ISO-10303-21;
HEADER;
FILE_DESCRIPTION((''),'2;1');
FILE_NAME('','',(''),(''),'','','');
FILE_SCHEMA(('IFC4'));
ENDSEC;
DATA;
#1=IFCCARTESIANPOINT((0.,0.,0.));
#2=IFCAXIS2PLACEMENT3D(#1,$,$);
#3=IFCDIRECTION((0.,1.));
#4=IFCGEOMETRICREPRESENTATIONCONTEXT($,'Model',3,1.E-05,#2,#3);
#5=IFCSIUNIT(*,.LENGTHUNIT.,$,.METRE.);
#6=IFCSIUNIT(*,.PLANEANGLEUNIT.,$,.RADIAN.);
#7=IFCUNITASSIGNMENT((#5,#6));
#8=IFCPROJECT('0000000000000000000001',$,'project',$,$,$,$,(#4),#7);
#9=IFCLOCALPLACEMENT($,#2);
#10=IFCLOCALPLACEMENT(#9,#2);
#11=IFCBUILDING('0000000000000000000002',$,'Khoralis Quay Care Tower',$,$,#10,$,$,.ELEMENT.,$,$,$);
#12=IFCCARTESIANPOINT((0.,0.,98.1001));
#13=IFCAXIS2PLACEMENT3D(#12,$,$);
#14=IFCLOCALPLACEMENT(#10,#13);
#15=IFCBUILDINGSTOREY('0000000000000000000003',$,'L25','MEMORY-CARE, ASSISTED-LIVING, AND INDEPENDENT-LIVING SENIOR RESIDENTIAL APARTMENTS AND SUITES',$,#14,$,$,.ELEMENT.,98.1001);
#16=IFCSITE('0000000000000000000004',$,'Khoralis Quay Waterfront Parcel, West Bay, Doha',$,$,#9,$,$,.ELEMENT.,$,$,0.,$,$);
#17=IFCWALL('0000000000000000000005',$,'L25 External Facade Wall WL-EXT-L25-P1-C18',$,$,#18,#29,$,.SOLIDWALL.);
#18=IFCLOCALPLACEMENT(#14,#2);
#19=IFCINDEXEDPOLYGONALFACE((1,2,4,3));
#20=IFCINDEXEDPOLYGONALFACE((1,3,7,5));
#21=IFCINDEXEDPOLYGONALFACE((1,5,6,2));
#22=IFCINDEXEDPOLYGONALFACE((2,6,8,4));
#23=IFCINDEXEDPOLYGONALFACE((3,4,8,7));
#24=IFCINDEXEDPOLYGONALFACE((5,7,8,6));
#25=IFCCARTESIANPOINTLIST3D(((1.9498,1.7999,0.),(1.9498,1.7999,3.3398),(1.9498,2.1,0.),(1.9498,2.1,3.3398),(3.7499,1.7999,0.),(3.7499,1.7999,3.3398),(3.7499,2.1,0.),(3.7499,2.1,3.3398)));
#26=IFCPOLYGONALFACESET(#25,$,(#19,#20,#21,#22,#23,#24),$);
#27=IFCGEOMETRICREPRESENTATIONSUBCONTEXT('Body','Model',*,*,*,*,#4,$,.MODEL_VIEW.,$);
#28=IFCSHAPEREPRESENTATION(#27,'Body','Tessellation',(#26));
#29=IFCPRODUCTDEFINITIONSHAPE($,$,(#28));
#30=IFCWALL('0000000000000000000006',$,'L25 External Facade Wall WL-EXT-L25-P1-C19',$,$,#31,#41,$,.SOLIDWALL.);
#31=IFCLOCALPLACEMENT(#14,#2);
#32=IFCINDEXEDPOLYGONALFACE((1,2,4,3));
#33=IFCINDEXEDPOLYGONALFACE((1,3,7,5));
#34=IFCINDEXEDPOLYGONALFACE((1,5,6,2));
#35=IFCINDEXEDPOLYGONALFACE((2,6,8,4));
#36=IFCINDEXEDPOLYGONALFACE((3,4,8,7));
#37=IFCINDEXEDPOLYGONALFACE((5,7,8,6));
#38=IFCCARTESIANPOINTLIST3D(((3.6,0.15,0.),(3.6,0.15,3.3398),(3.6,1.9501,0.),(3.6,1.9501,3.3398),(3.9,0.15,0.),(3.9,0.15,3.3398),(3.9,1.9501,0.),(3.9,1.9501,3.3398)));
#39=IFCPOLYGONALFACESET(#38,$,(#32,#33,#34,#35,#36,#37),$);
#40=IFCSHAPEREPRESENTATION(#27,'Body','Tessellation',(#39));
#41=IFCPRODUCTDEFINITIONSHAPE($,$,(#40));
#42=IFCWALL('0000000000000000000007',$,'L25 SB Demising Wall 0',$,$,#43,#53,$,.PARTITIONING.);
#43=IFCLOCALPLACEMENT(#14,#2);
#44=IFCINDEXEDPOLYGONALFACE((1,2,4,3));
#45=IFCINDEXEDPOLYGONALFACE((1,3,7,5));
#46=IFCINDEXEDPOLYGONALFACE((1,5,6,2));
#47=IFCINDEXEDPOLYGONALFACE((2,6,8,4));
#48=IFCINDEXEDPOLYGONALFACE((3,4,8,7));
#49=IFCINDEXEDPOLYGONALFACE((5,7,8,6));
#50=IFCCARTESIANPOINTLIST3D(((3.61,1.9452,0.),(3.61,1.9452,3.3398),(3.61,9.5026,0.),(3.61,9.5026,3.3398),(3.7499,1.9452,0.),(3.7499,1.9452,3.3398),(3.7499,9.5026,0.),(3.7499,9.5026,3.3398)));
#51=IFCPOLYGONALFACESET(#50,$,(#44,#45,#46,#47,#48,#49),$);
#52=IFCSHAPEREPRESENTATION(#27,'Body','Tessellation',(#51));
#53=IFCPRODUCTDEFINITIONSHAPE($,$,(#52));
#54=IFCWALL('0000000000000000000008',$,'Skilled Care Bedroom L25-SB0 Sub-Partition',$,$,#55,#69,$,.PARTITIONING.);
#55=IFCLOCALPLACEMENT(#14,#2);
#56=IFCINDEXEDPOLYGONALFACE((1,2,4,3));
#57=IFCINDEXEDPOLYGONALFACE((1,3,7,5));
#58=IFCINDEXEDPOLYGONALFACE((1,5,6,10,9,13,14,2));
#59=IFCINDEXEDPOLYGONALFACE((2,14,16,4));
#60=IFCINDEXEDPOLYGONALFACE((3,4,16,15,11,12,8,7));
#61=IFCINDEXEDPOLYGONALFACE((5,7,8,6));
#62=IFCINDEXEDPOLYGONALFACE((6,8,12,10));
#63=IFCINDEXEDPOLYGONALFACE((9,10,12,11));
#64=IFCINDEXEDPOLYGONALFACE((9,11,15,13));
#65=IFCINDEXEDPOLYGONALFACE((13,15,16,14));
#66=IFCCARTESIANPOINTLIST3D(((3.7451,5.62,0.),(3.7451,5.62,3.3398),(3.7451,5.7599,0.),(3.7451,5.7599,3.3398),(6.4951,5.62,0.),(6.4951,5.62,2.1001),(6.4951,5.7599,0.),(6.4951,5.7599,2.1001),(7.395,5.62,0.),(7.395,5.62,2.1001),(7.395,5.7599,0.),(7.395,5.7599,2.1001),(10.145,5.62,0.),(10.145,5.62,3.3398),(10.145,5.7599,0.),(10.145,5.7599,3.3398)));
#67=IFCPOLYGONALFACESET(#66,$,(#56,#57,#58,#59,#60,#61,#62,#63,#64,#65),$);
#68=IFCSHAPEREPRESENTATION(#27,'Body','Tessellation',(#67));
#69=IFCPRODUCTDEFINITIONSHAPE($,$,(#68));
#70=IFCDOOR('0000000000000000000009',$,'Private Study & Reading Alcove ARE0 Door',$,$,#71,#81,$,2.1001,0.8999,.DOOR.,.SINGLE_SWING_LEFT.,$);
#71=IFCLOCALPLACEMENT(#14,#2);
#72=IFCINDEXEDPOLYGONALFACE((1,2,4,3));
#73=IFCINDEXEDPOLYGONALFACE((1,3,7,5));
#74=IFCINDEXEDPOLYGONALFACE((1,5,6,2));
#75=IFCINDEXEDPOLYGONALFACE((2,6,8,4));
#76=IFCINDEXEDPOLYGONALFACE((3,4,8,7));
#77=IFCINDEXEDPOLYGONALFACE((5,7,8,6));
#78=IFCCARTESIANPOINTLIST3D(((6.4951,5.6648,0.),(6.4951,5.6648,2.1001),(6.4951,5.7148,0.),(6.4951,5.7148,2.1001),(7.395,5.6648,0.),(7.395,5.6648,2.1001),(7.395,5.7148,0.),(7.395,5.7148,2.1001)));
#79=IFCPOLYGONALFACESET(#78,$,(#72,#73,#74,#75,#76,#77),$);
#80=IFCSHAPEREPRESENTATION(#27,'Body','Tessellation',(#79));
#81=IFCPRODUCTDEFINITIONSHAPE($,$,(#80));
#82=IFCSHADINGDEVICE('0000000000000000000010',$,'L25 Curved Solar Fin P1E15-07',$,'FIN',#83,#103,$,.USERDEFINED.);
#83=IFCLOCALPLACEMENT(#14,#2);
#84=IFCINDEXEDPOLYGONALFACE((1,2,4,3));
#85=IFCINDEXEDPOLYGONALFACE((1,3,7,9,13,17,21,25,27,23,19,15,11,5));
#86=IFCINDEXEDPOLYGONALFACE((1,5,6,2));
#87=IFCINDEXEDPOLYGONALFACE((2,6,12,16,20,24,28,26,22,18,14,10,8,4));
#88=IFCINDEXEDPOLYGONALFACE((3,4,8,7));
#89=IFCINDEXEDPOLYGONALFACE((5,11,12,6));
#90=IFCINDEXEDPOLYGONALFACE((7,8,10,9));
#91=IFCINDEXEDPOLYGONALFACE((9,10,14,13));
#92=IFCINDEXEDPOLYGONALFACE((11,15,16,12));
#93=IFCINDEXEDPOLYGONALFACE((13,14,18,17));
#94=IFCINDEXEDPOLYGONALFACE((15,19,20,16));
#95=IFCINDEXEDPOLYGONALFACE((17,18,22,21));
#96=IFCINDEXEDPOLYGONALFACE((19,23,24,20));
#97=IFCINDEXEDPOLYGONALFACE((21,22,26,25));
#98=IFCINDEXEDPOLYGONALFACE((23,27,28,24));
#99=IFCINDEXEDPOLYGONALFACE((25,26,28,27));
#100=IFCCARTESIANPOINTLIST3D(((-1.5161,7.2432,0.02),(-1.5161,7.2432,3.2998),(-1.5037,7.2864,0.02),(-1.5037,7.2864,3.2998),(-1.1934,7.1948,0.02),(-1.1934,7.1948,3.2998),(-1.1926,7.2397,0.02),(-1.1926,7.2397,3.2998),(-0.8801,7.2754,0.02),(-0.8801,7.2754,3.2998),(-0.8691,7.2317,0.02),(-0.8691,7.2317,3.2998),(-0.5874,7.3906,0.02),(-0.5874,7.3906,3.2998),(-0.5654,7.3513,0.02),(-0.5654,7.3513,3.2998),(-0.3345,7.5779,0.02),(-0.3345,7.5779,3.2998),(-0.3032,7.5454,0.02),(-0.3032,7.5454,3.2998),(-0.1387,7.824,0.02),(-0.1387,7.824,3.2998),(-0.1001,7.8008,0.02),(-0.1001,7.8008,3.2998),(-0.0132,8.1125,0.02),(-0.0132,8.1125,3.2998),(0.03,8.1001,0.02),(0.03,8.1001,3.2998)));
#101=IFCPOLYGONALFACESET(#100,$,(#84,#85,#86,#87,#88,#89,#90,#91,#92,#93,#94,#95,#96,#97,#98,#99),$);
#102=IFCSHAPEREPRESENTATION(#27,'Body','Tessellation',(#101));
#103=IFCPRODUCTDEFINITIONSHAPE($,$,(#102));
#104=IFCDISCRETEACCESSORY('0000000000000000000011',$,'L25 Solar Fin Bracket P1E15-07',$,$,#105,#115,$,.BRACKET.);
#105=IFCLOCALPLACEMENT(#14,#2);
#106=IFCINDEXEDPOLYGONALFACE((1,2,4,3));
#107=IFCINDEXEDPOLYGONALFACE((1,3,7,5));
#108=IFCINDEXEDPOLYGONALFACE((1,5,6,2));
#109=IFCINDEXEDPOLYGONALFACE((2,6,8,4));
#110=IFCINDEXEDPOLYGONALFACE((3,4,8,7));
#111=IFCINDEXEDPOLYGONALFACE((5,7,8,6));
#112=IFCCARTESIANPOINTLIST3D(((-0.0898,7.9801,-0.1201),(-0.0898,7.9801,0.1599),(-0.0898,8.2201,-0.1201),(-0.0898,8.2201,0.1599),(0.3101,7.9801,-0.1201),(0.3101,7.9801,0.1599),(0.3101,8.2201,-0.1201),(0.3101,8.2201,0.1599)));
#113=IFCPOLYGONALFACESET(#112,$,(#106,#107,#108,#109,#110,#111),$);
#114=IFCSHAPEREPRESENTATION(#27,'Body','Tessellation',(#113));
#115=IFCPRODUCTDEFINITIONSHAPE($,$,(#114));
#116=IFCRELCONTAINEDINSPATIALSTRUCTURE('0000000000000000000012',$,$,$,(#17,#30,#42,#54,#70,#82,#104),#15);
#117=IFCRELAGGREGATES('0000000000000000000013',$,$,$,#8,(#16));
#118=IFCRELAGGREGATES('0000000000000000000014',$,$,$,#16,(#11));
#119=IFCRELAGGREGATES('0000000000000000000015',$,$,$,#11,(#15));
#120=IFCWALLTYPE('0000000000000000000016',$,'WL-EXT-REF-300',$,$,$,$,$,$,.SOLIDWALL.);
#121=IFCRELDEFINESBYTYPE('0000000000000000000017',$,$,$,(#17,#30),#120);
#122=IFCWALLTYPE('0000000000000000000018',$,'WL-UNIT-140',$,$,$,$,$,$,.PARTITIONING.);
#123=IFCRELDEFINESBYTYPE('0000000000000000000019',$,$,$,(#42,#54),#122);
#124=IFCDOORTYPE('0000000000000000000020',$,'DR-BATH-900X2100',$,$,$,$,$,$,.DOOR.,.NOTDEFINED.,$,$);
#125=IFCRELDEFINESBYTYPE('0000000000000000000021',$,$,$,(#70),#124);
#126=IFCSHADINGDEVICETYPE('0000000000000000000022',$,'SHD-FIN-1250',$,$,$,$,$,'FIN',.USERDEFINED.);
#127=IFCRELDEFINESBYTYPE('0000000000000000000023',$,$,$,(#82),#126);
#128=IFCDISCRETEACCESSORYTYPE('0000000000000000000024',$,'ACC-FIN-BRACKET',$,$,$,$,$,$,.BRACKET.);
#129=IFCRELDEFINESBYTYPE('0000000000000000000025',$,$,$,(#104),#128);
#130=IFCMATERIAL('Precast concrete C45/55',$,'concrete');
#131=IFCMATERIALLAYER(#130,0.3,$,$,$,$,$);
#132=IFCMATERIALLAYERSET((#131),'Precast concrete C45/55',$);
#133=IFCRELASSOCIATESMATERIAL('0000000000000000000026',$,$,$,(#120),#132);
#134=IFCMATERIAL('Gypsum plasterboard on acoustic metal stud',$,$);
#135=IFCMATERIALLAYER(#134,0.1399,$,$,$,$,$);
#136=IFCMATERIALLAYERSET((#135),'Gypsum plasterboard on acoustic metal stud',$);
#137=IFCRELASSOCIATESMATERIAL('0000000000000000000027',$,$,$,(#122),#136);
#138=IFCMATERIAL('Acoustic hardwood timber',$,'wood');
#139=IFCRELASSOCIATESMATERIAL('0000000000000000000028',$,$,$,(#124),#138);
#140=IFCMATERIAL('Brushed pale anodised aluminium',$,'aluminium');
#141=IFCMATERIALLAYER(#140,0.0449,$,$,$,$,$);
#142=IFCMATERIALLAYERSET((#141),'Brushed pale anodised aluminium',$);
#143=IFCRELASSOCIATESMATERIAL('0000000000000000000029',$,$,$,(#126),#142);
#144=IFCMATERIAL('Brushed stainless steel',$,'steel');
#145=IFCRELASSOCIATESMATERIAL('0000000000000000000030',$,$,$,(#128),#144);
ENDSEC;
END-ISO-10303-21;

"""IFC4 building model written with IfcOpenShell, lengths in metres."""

from ifc_helpers import new_model, si_unit, direction, frame, frame_2d, origin, origin_2d, place, context, subcontext, project, spatial, polyline, rectangle, outline, extrude, source, transform, mapped, material, layer, layer_set, type_object, element, fill, save


model = new_model("IFC4")

# Units and contexts
model_context = context("Model", 3, precision=1e-05, world=origin(), true_north=direction((0.0, 1.0)))
body_context = subcontext(model_context, "Body", "Model", "MODEL_VIEW")
ifc_project = project(units=[si_unit("LENGTHUNIT", "METRE"), si_unit("PLANEANGLEUNIT", "RADIAN")], contexts=[model_context])

# Site, building, storey
site_placement = place(None, origin())
site = spatial("IfcSite", under=ifc_project, at=site_placement, Name="Khoralis Quay Waterfront Parcel, West Bay, Doha", CompositionType="ELEMENT", RefElevation=0.0)
building_placement = place(site_placement, origin())
building = spatial("IfcBuilding", under=site, at=building_placement, Name="Khoralis Quay Care Tower", CompositionType="ELEMENT")
storey_placement = place(building_placement, frame((0.0, 0.0, 98.1001)))
storey = spatial("IfcBuildingStorey", under=building, at=storey_placement, Name="L25", Description="MEMORY-CARE, ASSISTED-LIVING, AND INDEPENDENT-LIVING SENIOR RESIDENTIAL APARTMENTS AND SUITES", CompositionType="ELEMENT", Elevation=98.1001)

# Walls
ifc_material_1 = material(Name="Precast concrete C45/55", Category="concrete")
ifc_layer_1 = layer(ifc_material_1, 0.3)
ifc_layer_set_1 = layer_set([ifc_layer_1], Name="Precast concrete C45/55")
wall_type_1 = type_object("IfcWallType", Name="WL-EXT-REF-300", PredefinedType="SOLIDWALL", material=ifc_layer_set_1)
for number, where, z_axis, x_axis, name in (
    (1, (1.95, 1.95, 0.0), (0.0, 0.0, 1.0), (1.0, 0.0, 0.0), "L25 External Facade Wall WL-EXT-L25-P1-C18"),
    (2, (3.75, 1.95, 0.0), (0.0, 0.0, 1.0), (0.0, -1.0, 0.0), "L25 External Facade Wall WL-EXT-L25-P1-C19"),
):
    element("IfcWall", number, at=place(storey_placement, frame(where, z_axis=z_axis, x_axis=x_axis)), inside=storey, type_object=wall_type_1, Name=name, PredefinedType="SOLIDWALL", context=body_context, shape_type="SweptSolid", body=[
        extrude(rectangle(XDim=1.8, YDim=0.3, at=frame_2d((0.8999, 0.0))), origin(), (0.0, 0.0, 1.0), 3.3398),
    ])
ifc_material_2 = material(Name="Gypsum plasterboard on acoustic metal stud")
ifc_layer_2 = layer(ifc_material_2, 0.1399)
ifc_layer_set_2 = layer_set([ifc_layer_2], Name="Gypsum plasterboard on acoustic metal stud")
wall_type_2 = type_object("IfcWallType", Name="WL-UNIT-140", PredefinedType="PARTITIONING", material=ifc_layer_set_2)
wall_1_placement = place(storey_placement, frame((3.6799, 1.9451, 0.0), z_axis=(0.0, 0.0, 1.0), x_axis=(0.0, 1.0, 0.0)))
element("IfcWall", 3, at=wall_1_placement, inside=storey, type_object=wall_type_2, Name="L25 SB Demising Wall 0", PredefinedType="PARTITIONING", context=body_context, shape_type="SweptSolid", body=[
    extrude(rectangle(XDim=7.5574, YDim=0.1399, at=frame_2d((3.7788, 0.0))), origin(), (0.0, 0.0, 1.0), 3.3398),
])

# Wall, opening, door
wall_2_placement = place(storey_placement, frame((3.7451, 5.6899, 0.0), z_axis=(0.0, 0.0, 1.0), x_axis=(1.0, 0.0, 0.0)))
wall_2 = element("IfcWall", 4, at=wall_2_placement, inside=storey, type_object=wall_type_2, Name="Skilled Care Bedroom L25-SB0 Sub-Partition", PredefinedType="PARTITIONING", context=body_context, shape_type="SweptSolid", body=[
    extrude(rectangle(XDim=6.3999, YDim=0.1399, at=frame_2d((3.2, 0.0))), origin(), (0.0, 0.0, 1.0), 3.3398),
])
opening_placement = place(wall_2_placement, frame((2.75, 0.0, 0.0)))
opening = element("IfcOpeningElement", 5, at=opening_placement, cuts=wall_2, PredefinedType="OPENING", context=body_context, shape_type="SweptSolid", body=[
    extrude(rectangle(XDim=0.8999, YDim=2.1001, at=frame_2d((0.45, 1.05))), frame((0.0, 0.0801, 0.0), z_axis=(0.0, -1.0, 0.0), x_axis=(1.0, 0.0, 0.0)), (0.0, 0.0, 1.0), 0.1599),
])
ifc_material_3 = material(Name="Acoustic hardwood timber", Category="wood")
door_type = type_object("IfcDoorType", Name="DR-BATH-900X2100", OperationType="NOTDEFINED", PredefinedType="DOOR", material=ifc_material_3)
shared_shape_1 = source(origin(), body_context, "Body", "SweptSolid", [
    extrude(rectangle(XDim=0.8999, YDim=2.1001, at=frame_2d((0.45, 1.05))), frame((0.0, 0.0249, 0.0), z_axis=(0.0, -1.0, 0.0), x_axis=(1.0, 0.0, 0.0)), (0.0, 0.0, 1.0), 0.05),
])
door_placement = place(opening_placement, origin())
door = element("IfcDoor", 6, at=door_placement, inside=storey, type_object=door_type, Name="Private Study & Reading Alcove ARE0 Door", OperationType="SINGLE_SWING_LEFT", OverallHeight=2.1001, OverallWidth=0.8999, PredefinedType="DOOR", context=body_context, shape_type="MappedRepresentation", body=[
    mapped(shared_shape_1, transform((0.0, 0.0, 0.0), scale=1.0)),
])
fill(opening, door)

# Shading device
ifc_material_4 = material(Name="Brushed pale anodised aluminium", Category="aluminium")
ifc_layer_3 = layer(ifc_material_4, 0.0449)
ifc_layer_set_3 = layer_set([ifc_layer_3], Name="Brushed pale anodised aluminium")
shading_device_type = type_object("IfcShadingDeviceType", Name="SHD-FIN-1250", ElementType="FIN", PredefinedType="USERDEFINED", material=ifc_layer_set_3)
shared_shape_2 = source(origin(), body_context, "Body", "SweptSolid", [
    extrude(outline(polyline([(0.0, 0.0), (0.1301, 0.2993), (0.3333, 0.5547), (0.5955, 0.7488), (0.8992, 0.8684), (1.2234, 0.9053), (1.5461, 0.8569), (1.5337, 0.8137), (1.2227, 0.8604), (0.9102, 0.8247), (0.6174, 0.7095), (0.3645, 0.5222), (0.1687, 0.2761), (0.0432, -0.0125), (0.0, 0.0)])), origin(), (0.0, 0.0, 1.0), 3.2798),
])
shading_device_placement = place(storey_placement, frame((0.03, 8.1001, 0.02), z_axis=(0.0, 0.0, 1.0), x_axis=(-1.0, 0.0, 0.0)))
element("IfcShadingDevice", 7, at=shading_device_placement, inside=storey, type_object=shading_device_type, Name="L25 Curved Solar Fin P1E15-07", ObjectType="FIN", PredefinedType="USERDEFINED", context=body_context, shape_type="MappedRepresentation", body=[
    mapped(shared_shape_2, transform((0.0, 0.0, 0.0), scale=1.0)),
])

# Discrete accessory
ifc_material_5 = material(Name="Brushed stainless steel", Category="steel")
discrete_accessory_type = type_object("IfcDiscreteAccessoryType", Name="ACC-FIN-BRACKET", PredefinedType="BRACKET", material=ifc_material_5)
shared_shape_3 = source(origin(), body_context, "Body", "SweptSolid", [
    extrude(rectangle(XDim=0.3999, YDim=0.24, at=origin_2d()), origin(), (0.0, 0.0, 1.0), 0.28),
])
discrete_accessory_placement = place(storey_placement, frame((0.1101, 8.1001, -0.1201), z_axis=(0.0, 0.0, 1.0), x_axis=(-1.0, 0.0, 0.0)))
element("IfcDiscreteAccessory", 8, at=discrete_accessory_placement, inside=storey, type_object=discrete_accessory_type, Name="L25 Solar Fin Bracket P1E15-07", PredefinedType="BRACKET", context=body_context, shape_type="MappedRepresentation", body=[
    mapped(shared_shape_3, transform((0.0, 0.0, 0.0), scale=1.0)),
])

save(model, "model.ifc")
